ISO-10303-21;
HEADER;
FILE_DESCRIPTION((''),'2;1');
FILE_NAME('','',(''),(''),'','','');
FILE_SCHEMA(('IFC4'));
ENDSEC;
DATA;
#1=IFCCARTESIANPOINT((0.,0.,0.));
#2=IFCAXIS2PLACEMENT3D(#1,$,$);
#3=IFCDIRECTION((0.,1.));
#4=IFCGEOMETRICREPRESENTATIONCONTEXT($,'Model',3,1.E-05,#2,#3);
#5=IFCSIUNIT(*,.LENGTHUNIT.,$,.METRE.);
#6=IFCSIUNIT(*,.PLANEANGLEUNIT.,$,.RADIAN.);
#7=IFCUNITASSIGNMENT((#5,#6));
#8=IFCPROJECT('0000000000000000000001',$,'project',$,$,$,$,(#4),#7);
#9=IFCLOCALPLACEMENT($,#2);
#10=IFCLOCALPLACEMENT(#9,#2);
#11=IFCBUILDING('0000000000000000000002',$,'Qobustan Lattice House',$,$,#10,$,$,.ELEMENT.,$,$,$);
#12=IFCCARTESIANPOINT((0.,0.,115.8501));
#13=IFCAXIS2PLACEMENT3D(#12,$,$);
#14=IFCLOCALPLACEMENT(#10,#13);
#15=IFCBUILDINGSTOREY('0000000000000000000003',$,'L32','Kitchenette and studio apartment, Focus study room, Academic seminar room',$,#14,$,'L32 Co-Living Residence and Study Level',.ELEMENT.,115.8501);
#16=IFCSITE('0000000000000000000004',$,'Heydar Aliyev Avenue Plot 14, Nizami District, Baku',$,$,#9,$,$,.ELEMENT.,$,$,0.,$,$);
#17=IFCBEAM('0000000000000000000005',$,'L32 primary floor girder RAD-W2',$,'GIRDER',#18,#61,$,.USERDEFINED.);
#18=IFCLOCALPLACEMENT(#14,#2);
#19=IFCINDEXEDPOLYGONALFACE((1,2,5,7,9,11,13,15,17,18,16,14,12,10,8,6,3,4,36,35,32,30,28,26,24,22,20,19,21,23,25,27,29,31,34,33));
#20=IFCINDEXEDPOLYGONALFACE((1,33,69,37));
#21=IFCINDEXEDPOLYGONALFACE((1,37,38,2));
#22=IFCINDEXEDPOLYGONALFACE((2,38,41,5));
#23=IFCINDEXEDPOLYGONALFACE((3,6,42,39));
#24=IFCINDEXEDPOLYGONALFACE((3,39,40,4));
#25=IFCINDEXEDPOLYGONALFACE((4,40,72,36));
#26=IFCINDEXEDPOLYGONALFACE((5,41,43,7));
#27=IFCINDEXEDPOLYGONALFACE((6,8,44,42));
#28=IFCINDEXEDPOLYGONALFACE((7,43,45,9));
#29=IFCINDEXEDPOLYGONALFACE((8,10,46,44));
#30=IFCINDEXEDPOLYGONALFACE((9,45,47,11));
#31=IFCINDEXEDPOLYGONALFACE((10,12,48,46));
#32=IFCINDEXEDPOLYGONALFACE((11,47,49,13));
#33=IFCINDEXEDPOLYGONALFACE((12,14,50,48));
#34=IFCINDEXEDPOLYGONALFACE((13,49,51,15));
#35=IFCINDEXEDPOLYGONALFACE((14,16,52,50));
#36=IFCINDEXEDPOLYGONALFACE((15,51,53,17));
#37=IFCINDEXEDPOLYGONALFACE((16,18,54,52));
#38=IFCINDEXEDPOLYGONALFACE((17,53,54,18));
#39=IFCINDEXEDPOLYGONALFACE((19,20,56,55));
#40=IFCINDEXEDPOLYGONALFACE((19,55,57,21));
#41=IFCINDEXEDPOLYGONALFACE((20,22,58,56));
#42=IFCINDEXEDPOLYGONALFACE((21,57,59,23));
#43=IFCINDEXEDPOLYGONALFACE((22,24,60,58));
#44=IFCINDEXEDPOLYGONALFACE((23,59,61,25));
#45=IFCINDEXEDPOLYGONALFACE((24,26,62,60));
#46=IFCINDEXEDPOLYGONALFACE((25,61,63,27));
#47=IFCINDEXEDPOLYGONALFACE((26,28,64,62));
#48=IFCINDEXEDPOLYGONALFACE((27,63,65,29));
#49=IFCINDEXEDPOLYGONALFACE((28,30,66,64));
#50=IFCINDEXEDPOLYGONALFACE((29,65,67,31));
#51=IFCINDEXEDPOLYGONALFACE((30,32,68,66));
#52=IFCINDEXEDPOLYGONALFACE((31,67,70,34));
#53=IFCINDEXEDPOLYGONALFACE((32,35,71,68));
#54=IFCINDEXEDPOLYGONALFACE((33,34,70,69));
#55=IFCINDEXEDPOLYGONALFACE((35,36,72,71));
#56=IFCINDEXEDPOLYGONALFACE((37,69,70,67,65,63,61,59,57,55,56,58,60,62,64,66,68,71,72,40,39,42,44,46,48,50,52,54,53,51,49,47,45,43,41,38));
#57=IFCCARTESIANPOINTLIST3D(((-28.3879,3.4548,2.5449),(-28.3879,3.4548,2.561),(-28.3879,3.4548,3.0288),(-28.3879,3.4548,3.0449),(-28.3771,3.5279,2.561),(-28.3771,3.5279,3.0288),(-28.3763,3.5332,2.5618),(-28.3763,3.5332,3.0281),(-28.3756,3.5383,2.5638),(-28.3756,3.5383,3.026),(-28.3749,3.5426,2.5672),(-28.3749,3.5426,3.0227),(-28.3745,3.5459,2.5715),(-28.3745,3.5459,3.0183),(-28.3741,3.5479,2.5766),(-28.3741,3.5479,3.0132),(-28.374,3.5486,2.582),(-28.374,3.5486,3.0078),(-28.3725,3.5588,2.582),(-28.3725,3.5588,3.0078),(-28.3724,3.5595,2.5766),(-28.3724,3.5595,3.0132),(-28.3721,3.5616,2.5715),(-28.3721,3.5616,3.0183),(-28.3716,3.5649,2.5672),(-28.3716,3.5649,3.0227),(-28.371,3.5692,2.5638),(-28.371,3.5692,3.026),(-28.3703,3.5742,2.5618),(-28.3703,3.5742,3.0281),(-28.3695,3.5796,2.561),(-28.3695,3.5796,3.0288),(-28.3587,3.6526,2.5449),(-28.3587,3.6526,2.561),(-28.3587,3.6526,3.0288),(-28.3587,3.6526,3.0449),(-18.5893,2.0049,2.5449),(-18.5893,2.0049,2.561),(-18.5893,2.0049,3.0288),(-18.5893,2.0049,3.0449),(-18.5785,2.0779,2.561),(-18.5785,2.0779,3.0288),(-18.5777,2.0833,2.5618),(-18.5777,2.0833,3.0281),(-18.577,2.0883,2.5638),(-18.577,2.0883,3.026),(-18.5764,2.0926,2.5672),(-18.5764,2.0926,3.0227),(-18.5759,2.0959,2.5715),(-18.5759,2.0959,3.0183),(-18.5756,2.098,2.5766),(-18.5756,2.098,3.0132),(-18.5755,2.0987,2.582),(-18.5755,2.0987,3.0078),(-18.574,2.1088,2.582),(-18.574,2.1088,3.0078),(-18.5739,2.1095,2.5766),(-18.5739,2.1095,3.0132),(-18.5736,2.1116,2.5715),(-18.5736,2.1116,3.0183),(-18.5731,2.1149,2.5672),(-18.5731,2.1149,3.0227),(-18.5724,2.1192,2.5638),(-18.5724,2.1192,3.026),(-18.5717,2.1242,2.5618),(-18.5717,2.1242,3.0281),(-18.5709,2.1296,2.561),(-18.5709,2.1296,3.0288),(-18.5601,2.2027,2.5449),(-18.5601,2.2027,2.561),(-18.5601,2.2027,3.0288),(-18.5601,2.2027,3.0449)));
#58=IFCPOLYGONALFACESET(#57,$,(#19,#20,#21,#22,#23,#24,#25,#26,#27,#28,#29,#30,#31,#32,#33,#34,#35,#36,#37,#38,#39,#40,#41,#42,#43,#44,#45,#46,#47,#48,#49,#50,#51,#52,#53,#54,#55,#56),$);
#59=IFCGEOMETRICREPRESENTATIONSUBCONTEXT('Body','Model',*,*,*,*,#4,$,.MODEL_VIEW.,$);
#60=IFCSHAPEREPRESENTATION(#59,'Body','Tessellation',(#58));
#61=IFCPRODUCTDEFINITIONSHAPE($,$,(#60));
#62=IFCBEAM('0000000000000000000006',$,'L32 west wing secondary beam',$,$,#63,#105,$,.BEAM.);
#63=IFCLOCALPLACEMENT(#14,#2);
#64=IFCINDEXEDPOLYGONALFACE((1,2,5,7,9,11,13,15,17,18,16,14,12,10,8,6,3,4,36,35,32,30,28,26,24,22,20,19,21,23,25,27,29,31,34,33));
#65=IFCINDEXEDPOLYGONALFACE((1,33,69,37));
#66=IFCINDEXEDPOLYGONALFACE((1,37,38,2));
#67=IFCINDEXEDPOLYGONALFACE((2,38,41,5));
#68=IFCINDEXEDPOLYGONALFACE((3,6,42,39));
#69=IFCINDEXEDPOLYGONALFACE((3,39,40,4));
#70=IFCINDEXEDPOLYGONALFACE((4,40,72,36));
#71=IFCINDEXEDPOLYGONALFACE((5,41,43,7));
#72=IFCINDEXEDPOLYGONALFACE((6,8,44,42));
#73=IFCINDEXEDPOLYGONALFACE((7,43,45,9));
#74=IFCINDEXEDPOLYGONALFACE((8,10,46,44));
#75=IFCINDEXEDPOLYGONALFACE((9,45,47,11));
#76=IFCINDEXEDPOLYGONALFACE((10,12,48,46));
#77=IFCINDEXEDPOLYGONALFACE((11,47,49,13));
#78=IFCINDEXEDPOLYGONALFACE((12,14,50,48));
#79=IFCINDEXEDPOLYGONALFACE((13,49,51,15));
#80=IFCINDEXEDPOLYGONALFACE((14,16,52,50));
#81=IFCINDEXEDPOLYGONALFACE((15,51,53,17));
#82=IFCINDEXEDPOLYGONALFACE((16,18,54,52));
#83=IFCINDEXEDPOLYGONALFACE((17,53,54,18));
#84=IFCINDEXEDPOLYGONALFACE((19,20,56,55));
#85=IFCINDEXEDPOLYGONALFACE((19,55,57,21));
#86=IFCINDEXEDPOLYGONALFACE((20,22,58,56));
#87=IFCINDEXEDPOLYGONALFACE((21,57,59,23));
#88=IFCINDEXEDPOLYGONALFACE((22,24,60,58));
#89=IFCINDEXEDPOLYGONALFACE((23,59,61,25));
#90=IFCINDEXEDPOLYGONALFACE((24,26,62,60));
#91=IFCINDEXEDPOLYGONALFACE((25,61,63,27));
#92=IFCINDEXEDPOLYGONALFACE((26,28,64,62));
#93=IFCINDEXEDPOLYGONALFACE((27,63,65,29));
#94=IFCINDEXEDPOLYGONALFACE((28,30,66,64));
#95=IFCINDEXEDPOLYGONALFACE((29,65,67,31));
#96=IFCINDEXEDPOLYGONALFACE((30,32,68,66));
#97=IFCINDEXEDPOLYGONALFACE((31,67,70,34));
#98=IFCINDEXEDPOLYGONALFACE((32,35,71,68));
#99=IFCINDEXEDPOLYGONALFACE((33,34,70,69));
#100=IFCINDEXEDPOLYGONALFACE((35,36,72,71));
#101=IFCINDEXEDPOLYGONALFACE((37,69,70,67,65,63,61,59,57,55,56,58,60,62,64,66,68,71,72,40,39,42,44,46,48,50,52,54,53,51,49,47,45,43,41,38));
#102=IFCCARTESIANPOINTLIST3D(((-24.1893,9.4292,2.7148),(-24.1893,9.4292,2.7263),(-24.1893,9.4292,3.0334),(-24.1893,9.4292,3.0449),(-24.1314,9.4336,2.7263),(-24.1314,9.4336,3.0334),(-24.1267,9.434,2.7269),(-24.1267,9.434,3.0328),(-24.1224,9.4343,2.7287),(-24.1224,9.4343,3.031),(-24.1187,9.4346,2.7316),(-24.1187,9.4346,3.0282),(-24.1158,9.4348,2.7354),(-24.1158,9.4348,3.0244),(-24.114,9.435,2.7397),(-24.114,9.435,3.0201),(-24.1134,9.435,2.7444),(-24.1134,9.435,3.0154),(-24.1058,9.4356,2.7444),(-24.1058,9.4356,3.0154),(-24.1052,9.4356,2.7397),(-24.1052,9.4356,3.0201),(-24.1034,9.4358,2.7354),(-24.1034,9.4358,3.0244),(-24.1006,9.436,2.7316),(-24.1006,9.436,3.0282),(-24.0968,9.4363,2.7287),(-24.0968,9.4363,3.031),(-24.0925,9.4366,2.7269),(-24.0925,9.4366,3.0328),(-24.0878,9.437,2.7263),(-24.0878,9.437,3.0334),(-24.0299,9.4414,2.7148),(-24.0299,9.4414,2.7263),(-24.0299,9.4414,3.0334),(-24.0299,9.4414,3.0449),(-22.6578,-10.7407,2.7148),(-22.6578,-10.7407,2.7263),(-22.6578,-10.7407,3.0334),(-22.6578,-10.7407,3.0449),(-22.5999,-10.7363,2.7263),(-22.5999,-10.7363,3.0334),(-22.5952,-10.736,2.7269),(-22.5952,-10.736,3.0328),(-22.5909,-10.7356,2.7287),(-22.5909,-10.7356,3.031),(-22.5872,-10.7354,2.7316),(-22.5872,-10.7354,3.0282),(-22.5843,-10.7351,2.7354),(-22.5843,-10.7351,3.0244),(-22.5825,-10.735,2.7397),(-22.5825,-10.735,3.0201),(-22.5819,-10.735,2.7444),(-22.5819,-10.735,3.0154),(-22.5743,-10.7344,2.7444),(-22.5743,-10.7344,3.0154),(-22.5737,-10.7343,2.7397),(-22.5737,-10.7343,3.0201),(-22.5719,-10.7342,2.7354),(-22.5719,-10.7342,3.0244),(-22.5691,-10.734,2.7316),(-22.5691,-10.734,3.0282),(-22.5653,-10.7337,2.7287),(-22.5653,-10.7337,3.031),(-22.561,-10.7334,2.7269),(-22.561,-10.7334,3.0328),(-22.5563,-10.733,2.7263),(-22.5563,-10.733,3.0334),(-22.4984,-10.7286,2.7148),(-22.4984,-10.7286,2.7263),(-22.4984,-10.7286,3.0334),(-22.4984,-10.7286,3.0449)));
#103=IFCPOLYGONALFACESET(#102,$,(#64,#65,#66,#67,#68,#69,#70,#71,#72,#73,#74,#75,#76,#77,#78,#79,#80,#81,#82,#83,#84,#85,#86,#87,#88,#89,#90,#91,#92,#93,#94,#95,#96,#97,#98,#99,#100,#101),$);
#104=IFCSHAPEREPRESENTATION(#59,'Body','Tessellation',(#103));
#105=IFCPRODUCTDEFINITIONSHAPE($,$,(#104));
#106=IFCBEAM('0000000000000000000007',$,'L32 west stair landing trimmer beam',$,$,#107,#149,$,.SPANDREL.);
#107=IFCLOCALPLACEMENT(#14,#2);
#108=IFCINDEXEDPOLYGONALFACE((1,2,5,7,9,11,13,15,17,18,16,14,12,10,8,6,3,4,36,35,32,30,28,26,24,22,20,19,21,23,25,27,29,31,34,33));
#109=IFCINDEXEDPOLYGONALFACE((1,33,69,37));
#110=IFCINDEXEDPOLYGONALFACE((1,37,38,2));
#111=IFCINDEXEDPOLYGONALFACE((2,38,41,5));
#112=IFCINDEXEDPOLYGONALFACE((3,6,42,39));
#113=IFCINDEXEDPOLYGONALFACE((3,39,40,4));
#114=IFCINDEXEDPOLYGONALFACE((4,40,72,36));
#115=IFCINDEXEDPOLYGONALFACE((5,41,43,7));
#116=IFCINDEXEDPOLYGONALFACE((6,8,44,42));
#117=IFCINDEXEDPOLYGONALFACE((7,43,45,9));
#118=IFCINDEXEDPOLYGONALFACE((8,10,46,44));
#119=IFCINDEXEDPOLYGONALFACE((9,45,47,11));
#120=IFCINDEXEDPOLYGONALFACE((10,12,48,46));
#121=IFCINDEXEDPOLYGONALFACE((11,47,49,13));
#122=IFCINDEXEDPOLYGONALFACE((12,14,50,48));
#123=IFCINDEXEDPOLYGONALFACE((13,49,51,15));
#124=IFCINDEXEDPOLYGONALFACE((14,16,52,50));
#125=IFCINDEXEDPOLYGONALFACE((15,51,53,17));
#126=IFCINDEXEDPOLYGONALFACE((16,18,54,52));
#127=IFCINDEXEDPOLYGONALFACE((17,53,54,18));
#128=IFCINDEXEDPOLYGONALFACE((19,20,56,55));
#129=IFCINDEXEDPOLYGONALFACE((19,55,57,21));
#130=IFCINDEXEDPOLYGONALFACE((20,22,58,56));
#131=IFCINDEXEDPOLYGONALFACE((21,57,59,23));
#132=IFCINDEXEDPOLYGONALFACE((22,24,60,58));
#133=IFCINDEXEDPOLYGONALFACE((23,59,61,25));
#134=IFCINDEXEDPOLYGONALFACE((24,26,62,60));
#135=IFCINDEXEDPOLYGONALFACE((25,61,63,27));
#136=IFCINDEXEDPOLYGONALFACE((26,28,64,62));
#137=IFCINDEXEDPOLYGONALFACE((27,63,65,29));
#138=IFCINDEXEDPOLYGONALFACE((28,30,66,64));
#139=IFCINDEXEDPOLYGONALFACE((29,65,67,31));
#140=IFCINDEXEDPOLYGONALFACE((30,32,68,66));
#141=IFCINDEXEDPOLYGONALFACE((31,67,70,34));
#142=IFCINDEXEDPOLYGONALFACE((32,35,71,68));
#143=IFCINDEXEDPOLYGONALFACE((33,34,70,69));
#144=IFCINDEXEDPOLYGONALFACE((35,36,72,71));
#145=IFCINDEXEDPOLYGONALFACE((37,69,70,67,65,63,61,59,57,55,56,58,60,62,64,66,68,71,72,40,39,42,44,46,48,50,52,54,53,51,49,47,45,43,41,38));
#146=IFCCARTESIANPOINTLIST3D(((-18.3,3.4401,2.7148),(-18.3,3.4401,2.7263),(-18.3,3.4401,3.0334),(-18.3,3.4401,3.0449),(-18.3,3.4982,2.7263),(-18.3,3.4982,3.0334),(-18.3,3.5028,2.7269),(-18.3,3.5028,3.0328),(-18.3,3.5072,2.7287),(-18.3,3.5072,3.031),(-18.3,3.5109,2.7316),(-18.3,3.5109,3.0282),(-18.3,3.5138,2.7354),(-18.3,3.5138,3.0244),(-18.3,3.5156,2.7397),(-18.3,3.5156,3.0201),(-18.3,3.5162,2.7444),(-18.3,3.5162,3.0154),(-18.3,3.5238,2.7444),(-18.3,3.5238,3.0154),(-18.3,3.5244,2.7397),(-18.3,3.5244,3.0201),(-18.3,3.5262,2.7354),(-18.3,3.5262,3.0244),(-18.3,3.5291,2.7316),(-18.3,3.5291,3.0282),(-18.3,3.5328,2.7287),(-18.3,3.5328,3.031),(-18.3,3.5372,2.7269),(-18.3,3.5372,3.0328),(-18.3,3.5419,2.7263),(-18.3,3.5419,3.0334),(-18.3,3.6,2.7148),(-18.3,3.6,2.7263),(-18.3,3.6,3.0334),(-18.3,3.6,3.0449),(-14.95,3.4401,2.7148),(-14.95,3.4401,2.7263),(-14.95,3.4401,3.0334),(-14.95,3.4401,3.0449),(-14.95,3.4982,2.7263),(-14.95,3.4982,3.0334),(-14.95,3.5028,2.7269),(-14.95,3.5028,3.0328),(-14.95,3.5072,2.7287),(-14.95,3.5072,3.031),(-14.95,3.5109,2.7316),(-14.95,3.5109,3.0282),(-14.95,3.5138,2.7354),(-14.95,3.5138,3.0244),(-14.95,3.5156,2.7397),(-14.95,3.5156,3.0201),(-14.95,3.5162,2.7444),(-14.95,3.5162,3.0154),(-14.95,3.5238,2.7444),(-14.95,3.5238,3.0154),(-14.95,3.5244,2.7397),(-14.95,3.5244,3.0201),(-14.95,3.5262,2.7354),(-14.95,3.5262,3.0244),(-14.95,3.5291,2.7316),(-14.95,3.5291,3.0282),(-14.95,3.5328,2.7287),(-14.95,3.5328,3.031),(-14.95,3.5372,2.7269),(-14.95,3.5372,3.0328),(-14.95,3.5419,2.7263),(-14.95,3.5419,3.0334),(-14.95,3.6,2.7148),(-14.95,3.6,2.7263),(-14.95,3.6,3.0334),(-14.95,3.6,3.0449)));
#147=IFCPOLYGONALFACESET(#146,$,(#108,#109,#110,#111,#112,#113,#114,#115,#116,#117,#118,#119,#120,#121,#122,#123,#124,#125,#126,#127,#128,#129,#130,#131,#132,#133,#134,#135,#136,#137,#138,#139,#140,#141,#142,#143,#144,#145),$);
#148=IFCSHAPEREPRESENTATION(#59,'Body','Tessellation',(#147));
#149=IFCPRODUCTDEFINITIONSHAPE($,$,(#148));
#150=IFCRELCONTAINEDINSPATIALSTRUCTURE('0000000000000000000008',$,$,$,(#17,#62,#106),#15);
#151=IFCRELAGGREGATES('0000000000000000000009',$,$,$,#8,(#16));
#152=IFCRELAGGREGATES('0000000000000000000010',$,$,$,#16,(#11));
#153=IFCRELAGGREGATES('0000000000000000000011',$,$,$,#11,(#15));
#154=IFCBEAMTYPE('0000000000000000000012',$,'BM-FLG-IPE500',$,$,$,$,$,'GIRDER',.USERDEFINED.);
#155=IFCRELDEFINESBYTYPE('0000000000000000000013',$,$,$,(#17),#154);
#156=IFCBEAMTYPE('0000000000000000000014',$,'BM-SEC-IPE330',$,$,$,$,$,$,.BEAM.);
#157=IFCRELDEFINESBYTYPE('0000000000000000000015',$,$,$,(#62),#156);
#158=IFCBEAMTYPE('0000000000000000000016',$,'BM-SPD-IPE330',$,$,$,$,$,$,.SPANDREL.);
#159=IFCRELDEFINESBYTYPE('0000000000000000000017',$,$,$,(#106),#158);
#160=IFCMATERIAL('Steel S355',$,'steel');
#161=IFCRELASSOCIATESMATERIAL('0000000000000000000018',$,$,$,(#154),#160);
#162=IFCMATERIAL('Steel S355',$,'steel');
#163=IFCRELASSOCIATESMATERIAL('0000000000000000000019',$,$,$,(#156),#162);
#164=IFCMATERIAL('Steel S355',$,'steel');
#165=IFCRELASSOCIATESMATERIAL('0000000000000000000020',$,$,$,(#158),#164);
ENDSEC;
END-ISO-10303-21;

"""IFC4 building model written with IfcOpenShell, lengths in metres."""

from ifc_helpers import new_model, si_unit, direction, frame, origin, origin_2d, place, context, subcontext, project, spatial, i_section, extrude, material, material_profile, profile_set, type_object, element, save


model = new_model("IFC4")

# Units and contexts
model_context = context("Model", 3, precision=1e-05, world=origin(), true_north=direction((0.0, 1.0)))
body_context = subcontext(model_context, "Body", "Model", "MODEL_VIEW")
ifc_project = project(units=[si_unit("LENGTHUNIT", "METRE"), si_unit("PLANEANGLEUNIT", "RADIAN")], contexts=[model_context])

# Site, building, storey
site_placement = place(None, origin())
site = spatial("IfcSite", under=ifc_project, at=site_placement, Name="Heydar Aliyev Avenue Plot 14, Nizami District, Baku", CompositionType="ELEMENT", RefElevation=0.0)
building_placement = place(site_placement, origin())
building = spatial("IfcBuilding", under=site, at=building_placement, Name="Qobustan Lattice House", CompositionType="ELEMENT")
storey_placement = place(building_placement, frame((0.0, 0.0, 115.8501)))
storey = spatial("IfcBuildingStorey", under=building, at=storey_placement, Name="L32", Description="Kitchenette and studio apartment, Focus study room, Academic seminar room", LongName="L32 Co-Living Residence and Study Level", CompositionType="ELEMENT", Elevation=115.8501)

# Beams
ifc_material_1 = material(Name="Steel S355", Category="steel")
ifc_material_profile_1 = material_profile(ifc_material_1, i_section(OverallWidth=0.2, OverallDepth=0.5, WebThickness=0.0103, FlangeThickness=0.0161, FilletRadius=0.021, at=origin_2d()), Name="IPE500")
ifc_profile_set_1 = profile_set([ifc_material_profile_1], Name="Steel S355")
beam_type_1 = type_object("IfcBeamType", Name="BM-FLG-IPE500", ElementType="GIRDER", PredefinedType="USERDEFINED", material=ifc_profile_set_1)
beam_1_placement = place(storey_placement, frame((-28.3733, 3.5537, 2.7949), z_axis=(0.989228, -0.146382, 0.0), x_axis=(0.146382, 0.989228, 0.0)))
element("IfcBeam", 1, at=beam_1_placement, inside=storey, type_object=beam_type_1, Name="L32 primary floor girder RAD-W2", ObjectType="GIRDER", PredefinedType="USERDEFINED", context=body_context, shape_type="SweptSolid", body=[
    extrude(i_section(OverallWidth=0.2, OverallDepth=0.5, WebThickness=0.0103, FlangeThickness=0.0161, FilletRadius=0.021, at=origin_2d()), origin(), (0.0, 0.0, 1.0), 9.9053),
])
ifc_material_2 = material(Name="Steel S355", Category="steel")
ifc_material_profile_2 = material_profile(ifc_material_2, i_section(OverallWidth=0.1599, OverallDepth=0.3301, WebThickness=0.0076, FlangeThickness=0.0115, FilletRadius=0.0181, at=origin_2d()), Name="IPE330")
ifc_profile_set_2 = profile_set([ifc_material_profile_2], Name="Steel S355")
beam_type_2 = type_object("IfcBeamType", Name="BM-SEC-IPE330", PredefinedType="BEAM", material=ifc_profile_set_2)
beam_2_placement = place(storey_placement, frame((-24.1096, 9.4353, 2.8799), z_axis=(0.075712, -0.99713, 0.0), x_axis=(0.99713, 0.075712, 0.0)))
element("IfcBeam", 2, at=beam_2_placement, inside=storey, type_object=beam_type_2, Name="L32 west wing secondary beam", PredefinedType="BEAM", context=body_context, shape_type="SweptSolid", body=[
    extrude(i_section(OverallWidth=0.1599, OverallDepth=0.3301, WebThickness=0.0076, FlangeThickness=0.0115, FilletRadius=0.0181, at=origin_2d()), origin(), (0.0, 0.0, 1.0), 20.228),
])
ifc_material_3 = material(Name="Steel S355", Category="steel")
ifc_material_profile_3 = material_profile(ifc_material_3, i_section(OverallWidth=0.1599, OverallDepth=0.3301, WebThickness=0.0076, FlangeThickness=0.0115, FilletRadius=0.0181, at=origin_2d()), Name="IPE330")
ifc_profile_set_3 = profile_set([ifc_material_profile_3], Name="Steel S355")
beam_type_3 = type_object("IfcBeamType", Name="BM-SPD-IPE330", PredefinedType="SPANDREL", material=ifc_profile_set_3)
beam_3_placement = place(storey_placement, frame((-18.3, 3.52, 2.8799), z_axis=(1.0, 0.0, 0.0), x_axis=(0.0, 1.0, 0.0)))
element("IfcBeam", 3, at=beam_3_placement, inside=storey, type_object=beam_type_3, Name="L32 west stair landing trimmer beam", PredefinedType="SPANDREL", context=body_context, shape_type="SweptSolid", body=[
    extrude(i_section(OverallWidth=0.1599, OverallDepth=0.3301, WebThickness=0.0076, FlangeThickness=0.0115, FilletRadius=0.0181, at=origin_2d()), origin(), (0.0, 0.0, 1.0), 3.3501),
])

save(model, "model.ifc")
